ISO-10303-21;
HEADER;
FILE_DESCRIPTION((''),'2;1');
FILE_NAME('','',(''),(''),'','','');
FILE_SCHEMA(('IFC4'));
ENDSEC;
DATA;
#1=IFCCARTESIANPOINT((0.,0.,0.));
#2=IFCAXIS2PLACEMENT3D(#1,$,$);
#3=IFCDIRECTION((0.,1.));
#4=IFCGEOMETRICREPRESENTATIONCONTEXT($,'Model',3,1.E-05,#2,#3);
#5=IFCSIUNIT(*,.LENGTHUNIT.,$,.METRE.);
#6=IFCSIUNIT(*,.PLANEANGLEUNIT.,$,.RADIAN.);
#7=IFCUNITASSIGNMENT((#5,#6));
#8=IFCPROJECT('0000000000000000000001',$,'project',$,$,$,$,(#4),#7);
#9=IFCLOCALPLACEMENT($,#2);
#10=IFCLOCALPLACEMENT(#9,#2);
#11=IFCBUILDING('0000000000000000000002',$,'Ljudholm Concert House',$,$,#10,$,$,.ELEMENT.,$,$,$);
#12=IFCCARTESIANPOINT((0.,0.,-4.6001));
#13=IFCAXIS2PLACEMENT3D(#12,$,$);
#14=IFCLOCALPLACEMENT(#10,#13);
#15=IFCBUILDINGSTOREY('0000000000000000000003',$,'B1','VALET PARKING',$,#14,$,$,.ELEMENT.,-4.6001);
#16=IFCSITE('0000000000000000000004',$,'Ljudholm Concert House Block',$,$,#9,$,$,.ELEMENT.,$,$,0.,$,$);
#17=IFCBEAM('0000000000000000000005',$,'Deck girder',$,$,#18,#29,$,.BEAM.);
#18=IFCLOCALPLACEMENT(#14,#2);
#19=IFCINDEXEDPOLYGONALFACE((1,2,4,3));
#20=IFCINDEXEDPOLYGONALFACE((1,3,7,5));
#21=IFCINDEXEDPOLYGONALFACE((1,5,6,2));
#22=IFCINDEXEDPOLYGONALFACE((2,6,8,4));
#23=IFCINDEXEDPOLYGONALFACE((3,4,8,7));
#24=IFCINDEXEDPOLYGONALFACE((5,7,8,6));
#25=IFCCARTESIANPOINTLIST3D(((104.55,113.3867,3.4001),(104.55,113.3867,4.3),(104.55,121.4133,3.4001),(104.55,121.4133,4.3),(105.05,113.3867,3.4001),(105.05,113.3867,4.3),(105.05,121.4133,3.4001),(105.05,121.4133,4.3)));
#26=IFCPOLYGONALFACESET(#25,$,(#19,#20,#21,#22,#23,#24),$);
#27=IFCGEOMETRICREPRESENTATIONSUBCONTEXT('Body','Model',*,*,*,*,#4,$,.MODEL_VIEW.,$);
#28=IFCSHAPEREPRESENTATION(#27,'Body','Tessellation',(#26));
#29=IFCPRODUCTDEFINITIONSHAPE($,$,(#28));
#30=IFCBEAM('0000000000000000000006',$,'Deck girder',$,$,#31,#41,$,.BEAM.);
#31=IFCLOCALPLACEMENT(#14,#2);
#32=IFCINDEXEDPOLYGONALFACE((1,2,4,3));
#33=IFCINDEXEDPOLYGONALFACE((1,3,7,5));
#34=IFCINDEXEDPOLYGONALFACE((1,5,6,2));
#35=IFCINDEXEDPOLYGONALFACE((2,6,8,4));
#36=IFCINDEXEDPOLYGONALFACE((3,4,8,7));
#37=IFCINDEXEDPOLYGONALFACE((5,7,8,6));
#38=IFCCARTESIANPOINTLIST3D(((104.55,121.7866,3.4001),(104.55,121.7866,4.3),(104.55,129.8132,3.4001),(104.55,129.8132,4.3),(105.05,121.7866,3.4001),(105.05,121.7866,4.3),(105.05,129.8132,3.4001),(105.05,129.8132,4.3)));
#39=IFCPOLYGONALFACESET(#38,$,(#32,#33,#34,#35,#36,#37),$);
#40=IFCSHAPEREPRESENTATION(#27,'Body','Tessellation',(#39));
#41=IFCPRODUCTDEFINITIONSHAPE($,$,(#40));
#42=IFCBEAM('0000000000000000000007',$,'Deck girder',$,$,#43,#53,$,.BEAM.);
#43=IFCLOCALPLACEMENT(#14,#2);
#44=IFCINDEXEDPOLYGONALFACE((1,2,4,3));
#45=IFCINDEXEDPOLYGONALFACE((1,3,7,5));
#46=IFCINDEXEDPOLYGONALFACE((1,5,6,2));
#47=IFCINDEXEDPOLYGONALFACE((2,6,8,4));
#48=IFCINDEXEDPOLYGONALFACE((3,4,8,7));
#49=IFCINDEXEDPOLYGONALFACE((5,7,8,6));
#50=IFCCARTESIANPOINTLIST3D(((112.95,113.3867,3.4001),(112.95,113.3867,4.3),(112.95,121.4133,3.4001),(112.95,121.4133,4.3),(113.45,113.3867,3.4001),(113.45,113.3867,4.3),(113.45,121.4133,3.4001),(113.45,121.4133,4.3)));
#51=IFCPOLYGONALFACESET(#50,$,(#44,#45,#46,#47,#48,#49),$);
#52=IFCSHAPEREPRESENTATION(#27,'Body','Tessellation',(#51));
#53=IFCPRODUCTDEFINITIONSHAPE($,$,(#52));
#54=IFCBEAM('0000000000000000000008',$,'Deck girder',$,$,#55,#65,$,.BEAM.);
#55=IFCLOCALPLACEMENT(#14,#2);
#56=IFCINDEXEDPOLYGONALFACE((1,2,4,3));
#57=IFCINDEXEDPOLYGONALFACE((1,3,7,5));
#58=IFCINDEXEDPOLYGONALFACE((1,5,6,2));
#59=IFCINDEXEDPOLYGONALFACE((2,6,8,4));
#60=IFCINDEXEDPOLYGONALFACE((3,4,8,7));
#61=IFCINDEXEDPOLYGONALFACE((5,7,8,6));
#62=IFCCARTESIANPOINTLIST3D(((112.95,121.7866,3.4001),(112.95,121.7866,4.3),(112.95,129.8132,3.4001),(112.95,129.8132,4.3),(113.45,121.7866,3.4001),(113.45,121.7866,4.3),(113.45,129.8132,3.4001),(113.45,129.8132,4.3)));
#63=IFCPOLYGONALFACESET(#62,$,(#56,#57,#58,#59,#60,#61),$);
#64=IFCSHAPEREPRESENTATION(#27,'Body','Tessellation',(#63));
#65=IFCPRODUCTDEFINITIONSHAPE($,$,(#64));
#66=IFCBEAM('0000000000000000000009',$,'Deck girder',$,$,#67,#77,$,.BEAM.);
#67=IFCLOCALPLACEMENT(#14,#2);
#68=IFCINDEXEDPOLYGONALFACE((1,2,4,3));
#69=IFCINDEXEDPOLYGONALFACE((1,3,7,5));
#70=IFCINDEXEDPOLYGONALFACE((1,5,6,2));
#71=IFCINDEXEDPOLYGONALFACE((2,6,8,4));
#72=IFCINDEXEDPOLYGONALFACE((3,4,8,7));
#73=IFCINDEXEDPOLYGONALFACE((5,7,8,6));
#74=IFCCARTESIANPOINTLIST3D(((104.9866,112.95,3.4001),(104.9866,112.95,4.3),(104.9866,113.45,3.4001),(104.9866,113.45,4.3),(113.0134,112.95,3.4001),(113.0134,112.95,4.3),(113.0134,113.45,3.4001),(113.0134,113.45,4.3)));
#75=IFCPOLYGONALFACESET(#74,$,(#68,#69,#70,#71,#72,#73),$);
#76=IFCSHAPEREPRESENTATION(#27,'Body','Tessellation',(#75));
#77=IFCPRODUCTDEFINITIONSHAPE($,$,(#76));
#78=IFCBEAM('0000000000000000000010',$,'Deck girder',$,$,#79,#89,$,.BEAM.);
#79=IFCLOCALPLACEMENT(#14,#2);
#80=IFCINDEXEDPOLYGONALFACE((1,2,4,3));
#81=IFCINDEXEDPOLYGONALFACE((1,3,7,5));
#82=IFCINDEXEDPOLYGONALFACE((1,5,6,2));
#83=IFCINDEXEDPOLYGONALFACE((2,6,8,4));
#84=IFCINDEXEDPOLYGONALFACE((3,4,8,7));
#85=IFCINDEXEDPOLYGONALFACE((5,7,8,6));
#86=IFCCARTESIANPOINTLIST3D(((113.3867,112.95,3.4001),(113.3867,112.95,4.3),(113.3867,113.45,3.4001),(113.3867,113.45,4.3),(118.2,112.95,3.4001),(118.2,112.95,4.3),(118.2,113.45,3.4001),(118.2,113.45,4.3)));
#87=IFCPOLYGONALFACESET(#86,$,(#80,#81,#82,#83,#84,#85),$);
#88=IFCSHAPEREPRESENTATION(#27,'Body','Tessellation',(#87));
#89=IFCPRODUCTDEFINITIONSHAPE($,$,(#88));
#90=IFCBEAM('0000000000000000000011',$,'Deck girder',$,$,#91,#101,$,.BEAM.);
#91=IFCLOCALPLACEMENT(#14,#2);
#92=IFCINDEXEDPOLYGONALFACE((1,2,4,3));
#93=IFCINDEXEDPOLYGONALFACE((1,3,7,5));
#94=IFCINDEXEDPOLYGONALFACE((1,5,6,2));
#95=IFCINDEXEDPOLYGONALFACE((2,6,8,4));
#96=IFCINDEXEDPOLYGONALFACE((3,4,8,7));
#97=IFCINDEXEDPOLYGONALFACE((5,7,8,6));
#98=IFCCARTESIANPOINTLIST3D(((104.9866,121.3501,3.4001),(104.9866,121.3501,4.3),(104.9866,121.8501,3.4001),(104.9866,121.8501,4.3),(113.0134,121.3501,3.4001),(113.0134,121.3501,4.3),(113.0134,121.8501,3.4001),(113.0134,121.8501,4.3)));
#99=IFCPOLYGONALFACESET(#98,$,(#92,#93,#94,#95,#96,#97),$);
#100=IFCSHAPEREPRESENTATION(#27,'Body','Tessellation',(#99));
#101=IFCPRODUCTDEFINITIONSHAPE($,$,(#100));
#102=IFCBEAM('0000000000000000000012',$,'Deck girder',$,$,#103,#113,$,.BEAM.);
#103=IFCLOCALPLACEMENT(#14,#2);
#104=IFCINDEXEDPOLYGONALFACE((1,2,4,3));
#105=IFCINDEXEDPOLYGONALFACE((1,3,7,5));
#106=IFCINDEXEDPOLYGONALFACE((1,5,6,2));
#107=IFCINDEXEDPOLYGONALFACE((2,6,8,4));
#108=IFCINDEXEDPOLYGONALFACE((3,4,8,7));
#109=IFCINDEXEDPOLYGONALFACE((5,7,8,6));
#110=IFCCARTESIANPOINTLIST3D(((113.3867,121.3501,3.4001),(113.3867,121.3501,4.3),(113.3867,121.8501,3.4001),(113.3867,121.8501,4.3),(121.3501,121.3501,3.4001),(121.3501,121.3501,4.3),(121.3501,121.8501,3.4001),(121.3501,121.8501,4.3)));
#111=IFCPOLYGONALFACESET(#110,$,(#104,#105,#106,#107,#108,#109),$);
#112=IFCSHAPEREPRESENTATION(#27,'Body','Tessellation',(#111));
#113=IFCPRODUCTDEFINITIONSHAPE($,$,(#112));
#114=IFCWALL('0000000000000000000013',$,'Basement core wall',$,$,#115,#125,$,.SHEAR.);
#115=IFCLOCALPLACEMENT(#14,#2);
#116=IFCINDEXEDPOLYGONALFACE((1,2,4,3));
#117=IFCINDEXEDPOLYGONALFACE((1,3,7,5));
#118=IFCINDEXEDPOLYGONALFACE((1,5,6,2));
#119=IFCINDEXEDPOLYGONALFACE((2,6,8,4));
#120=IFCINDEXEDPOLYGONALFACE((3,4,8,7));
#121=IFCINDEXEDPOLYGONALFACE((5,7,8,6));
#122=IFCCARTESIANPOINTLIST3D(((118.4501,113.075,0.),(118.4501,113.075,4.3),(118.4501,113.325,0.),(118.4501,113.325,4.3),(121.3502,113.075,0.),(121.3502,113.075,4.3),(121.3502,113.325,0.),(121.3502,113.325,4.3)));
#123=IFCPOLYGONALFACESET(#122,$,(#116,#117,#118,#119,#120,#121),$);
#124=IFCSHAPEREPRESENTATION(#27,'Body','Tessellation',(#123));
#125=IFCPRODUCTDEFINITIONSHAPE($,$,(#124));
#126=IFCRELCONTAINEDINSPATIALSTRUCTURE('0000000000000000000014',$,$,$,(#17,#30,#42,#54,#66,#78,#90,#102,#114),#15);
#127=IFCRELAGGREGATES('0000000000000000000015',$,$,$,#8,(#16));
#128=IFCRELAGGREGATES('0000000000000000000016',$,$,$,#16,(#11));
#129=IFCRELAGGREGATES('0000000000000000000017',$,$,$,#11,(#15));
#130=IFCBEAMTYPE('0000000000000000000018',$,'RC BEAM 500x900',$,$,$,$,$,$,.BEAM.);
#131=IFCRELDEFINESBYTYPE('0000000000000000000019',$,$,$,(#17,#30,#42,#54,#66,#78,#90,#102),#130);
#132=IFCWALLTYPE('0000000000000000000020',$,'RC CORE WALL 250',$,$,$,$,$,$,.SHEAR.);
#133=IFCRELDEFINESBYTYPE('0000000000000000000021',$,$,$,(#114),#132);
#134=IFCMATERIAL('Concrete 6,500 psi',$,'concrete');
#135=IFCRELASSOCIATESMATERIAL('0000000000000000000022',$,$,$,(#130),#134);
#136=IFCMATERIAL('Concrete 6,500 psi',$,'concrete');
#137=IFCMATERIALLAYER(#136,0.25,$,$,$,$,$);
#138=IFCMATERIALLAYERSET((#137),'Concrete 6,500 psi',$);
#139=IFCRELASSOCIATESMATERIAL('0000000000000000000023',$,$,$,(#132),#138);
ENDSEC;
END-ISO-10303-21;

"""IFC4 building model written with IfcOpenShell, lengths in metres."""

from ifc_helpers import new_model, si_unit, direction, frame, frame_2d, origin, origin_2d, place, context, subcontext, project, spatial, rectangle, extrude, material, layer, layer_set, material_profile, profile_set, type_object, element, save


model = new_model("IFC4")

# Units and contexts
model_context = context("Model", 3, precision=1e-05, world=origin(), true_north=direction((0.0, 1.0)))
body_context = subcontext(model_context, "Body", "Model", "MODEL_VIEW")
ifc_project = project(units=[si_unit("LENGTHUNIT", "METRE"), si_unit("PLANEANGLEUNIT", "RADIAN")], contexts=[model_context])

# Site, building, storey
site_placement = place(None, origin())
site = spatial("IfcSite", under=ifc_project, at=site_placement, Name="Ljudholm Concert House Block", CompositionType="ELEMENT", RefElevation=0.0)
building_placement = place(site_placement, origin())
building = spatial("IfcBuilding", under=site, at=building_placement, Name="Ljudholm Concert House", CompositionType="ELEMENT")
storey_placement = place(building_placement, frame((0.0, 0.0, -4.6001)))
storey = spatial("IfcBuildingStorey", under=building, at=storey_placement, Name="B1", Description="VALET PARKING", CompositionType="ELEMENT", Elevation=-4.6001)

# Beams
ifc_material_1 = material(Name="Concrete 6,500 psi", Category="concrete")
ifc_material_profile_1 = material_profile(ifc_material_1, rectangle(XDim=0.5, YDim=0.8999, at=origin_2d()), Name="RC BEAM 500x900")
ifc_profile_set_1 = profile_set([ifc_material_profile_1], Name="Concrete 6,500 psi")
beam_type_1 = type_object("IfcBeamType", Name="RC BEAM 500x900", PredefinedType="BEAM", material=ifc_profile_set_1)
for number, where, z_axis, x_axis, name in (
    (1, (104.8, 113.3867, 3.8501), (0.0, 1.0, 0.0), (-1.0, 0.0, 0.0), "Deck girder"),
    (2, (104.8, 121.7866, 3.8501), (0.0, 1.0, 0.0), (-1.0, 0.0, 0.0), "Deck girder"),
    (3, (113.2, 113.3867, 3.8501), (0.0, 1.0, 0.0), (-1.0, 0.0, 0.0), "Deck girder"),
    (4, (113.2, 121.7866, 3.8501), (0.0, 1.0, 0.0), (-1.0, 0.0, 0.0), "Deck girder"),
):
    element("IfcBeam", number, at=place(storey_placement, frame(where, z_axis=z_axis, x_axis=x_axis)), inside=storey, type_object=beam_type_1, Name=name, PredefinedType="BEAM", context=body_context, shape_type="SweptSolid", body=[
        extrude(rectangle(XDim=0.5, YDim=0.8999, at=origin_2d()), origin(), (0.0, 0.0, 1.0), 8.0266),
    ])
beam_1_placement = place(storey_placement, frame((104.9866, 113.2, 3.8501), z_axis=(1.0, 0.0, 0.0), x_axis=(0.0, 1.0, 0.0)))
element("IfcBeam", 5, at=beam_1_placement, inside=storey, type_object=beam_type_1, Name="Deck girder", PredefinedType="BEAM", context=body_context, shape_type="SweptSolid", body=[
    extrude(rectangle(XDim=0.5, YDim=0.8999, at=origin_2d()), origin(), (0.0, 0.0, 1.0), 8.0269),
])
beam_2_placement = place(storey_placement, frame((113.3867, 113.2, 3.8501), z_axis=(1.0, 0.0, 0.0), x_axis=(0.0, 1.0, 0.0)))
element("IfcBeam", 6, at=beam_2_placement, inside=storey, type_object=beam_type_1, Name="Deck girder", PredefinedType="BEAM", context=body_context, shape_type="SweptSolid", body=[
    extrude(rectangle(XDim=0.5, YDim=0.8999, at=origin_2d()), origin(), (0.0, 0.0, 1.0), 4.8132),
])
beam_3_placement = place(storey_placement, frame((104.9866, 121.6001, 3.8501), z_axis=(1.0, 0.0, 0.0), x_axis=(0.0, 1.0, 0.0)))
element("IfcBeam", 7, at=beam_3_placement, inside=storey, type_object=beam_type_1, Name="Deck girder", PredefinedType="BEAM", context=body_context, shape_type="SweptSolid", body=[
    extrude(rectangle(XDim=0.5, YDim=0.8999, at=origin_2d()), origin(), (0.0, 0.0, 1.0), 8.0269),
])
beam_4_placement = place(storey_placement, frame((113.3867, 121.6001, 3.8501), z_axis=(1.0, 0.0, 0.0), x_axis=(0.0, 1.0, 0.0)))
element("IfcBeam", 8, at=beam_4_placement, inside=storey, type_object=beam_type_1, Name="Deck girder", PredefinedType="BEAM", context=body_context, shape_type="SweptSolid", body=[
    extrude(rectangle(XDim=0.5, YDim=0.8999, at=origin_2d()), origin(), (0.0, 0.0, 1.0), 7.9634),
])

# Wall
ifc_material_2 = material(Name="Concrete 6,500 psi", Category="concrete")
ifc_layer = layer(ifc_material_2, 0.25)
ifc_layer_set = layer_set([ifc_layer], Name="Concrete 6,500 psi")
wall_type = type_object("IfcWallType", Name="RC CORE WALL 250", PredefinedType="SHEAR", material=ifc_layer_set)
wall_placement = place(storey_placement, frame((118.45, 113.2, 0.0), z_axis=(0.0, 0.0, 1.0), x_axis=(1.0, 0.0, 0.0)))
element("IfcWall", 9, at=wall_placement, inside=storey, type_object=wall_type, Name="Basement core wall", PredefinedType="SHEAR", context=body_context, shape_type="SweptSolid", body=[
    extrude(rectangle(XDim=2.9001, YDim=0.25, at=frame_2d((1.4502, 0.0))), origin(), (0.0, 0.0, 1.0), 4.3),
])

save(model, "model.ifc")
